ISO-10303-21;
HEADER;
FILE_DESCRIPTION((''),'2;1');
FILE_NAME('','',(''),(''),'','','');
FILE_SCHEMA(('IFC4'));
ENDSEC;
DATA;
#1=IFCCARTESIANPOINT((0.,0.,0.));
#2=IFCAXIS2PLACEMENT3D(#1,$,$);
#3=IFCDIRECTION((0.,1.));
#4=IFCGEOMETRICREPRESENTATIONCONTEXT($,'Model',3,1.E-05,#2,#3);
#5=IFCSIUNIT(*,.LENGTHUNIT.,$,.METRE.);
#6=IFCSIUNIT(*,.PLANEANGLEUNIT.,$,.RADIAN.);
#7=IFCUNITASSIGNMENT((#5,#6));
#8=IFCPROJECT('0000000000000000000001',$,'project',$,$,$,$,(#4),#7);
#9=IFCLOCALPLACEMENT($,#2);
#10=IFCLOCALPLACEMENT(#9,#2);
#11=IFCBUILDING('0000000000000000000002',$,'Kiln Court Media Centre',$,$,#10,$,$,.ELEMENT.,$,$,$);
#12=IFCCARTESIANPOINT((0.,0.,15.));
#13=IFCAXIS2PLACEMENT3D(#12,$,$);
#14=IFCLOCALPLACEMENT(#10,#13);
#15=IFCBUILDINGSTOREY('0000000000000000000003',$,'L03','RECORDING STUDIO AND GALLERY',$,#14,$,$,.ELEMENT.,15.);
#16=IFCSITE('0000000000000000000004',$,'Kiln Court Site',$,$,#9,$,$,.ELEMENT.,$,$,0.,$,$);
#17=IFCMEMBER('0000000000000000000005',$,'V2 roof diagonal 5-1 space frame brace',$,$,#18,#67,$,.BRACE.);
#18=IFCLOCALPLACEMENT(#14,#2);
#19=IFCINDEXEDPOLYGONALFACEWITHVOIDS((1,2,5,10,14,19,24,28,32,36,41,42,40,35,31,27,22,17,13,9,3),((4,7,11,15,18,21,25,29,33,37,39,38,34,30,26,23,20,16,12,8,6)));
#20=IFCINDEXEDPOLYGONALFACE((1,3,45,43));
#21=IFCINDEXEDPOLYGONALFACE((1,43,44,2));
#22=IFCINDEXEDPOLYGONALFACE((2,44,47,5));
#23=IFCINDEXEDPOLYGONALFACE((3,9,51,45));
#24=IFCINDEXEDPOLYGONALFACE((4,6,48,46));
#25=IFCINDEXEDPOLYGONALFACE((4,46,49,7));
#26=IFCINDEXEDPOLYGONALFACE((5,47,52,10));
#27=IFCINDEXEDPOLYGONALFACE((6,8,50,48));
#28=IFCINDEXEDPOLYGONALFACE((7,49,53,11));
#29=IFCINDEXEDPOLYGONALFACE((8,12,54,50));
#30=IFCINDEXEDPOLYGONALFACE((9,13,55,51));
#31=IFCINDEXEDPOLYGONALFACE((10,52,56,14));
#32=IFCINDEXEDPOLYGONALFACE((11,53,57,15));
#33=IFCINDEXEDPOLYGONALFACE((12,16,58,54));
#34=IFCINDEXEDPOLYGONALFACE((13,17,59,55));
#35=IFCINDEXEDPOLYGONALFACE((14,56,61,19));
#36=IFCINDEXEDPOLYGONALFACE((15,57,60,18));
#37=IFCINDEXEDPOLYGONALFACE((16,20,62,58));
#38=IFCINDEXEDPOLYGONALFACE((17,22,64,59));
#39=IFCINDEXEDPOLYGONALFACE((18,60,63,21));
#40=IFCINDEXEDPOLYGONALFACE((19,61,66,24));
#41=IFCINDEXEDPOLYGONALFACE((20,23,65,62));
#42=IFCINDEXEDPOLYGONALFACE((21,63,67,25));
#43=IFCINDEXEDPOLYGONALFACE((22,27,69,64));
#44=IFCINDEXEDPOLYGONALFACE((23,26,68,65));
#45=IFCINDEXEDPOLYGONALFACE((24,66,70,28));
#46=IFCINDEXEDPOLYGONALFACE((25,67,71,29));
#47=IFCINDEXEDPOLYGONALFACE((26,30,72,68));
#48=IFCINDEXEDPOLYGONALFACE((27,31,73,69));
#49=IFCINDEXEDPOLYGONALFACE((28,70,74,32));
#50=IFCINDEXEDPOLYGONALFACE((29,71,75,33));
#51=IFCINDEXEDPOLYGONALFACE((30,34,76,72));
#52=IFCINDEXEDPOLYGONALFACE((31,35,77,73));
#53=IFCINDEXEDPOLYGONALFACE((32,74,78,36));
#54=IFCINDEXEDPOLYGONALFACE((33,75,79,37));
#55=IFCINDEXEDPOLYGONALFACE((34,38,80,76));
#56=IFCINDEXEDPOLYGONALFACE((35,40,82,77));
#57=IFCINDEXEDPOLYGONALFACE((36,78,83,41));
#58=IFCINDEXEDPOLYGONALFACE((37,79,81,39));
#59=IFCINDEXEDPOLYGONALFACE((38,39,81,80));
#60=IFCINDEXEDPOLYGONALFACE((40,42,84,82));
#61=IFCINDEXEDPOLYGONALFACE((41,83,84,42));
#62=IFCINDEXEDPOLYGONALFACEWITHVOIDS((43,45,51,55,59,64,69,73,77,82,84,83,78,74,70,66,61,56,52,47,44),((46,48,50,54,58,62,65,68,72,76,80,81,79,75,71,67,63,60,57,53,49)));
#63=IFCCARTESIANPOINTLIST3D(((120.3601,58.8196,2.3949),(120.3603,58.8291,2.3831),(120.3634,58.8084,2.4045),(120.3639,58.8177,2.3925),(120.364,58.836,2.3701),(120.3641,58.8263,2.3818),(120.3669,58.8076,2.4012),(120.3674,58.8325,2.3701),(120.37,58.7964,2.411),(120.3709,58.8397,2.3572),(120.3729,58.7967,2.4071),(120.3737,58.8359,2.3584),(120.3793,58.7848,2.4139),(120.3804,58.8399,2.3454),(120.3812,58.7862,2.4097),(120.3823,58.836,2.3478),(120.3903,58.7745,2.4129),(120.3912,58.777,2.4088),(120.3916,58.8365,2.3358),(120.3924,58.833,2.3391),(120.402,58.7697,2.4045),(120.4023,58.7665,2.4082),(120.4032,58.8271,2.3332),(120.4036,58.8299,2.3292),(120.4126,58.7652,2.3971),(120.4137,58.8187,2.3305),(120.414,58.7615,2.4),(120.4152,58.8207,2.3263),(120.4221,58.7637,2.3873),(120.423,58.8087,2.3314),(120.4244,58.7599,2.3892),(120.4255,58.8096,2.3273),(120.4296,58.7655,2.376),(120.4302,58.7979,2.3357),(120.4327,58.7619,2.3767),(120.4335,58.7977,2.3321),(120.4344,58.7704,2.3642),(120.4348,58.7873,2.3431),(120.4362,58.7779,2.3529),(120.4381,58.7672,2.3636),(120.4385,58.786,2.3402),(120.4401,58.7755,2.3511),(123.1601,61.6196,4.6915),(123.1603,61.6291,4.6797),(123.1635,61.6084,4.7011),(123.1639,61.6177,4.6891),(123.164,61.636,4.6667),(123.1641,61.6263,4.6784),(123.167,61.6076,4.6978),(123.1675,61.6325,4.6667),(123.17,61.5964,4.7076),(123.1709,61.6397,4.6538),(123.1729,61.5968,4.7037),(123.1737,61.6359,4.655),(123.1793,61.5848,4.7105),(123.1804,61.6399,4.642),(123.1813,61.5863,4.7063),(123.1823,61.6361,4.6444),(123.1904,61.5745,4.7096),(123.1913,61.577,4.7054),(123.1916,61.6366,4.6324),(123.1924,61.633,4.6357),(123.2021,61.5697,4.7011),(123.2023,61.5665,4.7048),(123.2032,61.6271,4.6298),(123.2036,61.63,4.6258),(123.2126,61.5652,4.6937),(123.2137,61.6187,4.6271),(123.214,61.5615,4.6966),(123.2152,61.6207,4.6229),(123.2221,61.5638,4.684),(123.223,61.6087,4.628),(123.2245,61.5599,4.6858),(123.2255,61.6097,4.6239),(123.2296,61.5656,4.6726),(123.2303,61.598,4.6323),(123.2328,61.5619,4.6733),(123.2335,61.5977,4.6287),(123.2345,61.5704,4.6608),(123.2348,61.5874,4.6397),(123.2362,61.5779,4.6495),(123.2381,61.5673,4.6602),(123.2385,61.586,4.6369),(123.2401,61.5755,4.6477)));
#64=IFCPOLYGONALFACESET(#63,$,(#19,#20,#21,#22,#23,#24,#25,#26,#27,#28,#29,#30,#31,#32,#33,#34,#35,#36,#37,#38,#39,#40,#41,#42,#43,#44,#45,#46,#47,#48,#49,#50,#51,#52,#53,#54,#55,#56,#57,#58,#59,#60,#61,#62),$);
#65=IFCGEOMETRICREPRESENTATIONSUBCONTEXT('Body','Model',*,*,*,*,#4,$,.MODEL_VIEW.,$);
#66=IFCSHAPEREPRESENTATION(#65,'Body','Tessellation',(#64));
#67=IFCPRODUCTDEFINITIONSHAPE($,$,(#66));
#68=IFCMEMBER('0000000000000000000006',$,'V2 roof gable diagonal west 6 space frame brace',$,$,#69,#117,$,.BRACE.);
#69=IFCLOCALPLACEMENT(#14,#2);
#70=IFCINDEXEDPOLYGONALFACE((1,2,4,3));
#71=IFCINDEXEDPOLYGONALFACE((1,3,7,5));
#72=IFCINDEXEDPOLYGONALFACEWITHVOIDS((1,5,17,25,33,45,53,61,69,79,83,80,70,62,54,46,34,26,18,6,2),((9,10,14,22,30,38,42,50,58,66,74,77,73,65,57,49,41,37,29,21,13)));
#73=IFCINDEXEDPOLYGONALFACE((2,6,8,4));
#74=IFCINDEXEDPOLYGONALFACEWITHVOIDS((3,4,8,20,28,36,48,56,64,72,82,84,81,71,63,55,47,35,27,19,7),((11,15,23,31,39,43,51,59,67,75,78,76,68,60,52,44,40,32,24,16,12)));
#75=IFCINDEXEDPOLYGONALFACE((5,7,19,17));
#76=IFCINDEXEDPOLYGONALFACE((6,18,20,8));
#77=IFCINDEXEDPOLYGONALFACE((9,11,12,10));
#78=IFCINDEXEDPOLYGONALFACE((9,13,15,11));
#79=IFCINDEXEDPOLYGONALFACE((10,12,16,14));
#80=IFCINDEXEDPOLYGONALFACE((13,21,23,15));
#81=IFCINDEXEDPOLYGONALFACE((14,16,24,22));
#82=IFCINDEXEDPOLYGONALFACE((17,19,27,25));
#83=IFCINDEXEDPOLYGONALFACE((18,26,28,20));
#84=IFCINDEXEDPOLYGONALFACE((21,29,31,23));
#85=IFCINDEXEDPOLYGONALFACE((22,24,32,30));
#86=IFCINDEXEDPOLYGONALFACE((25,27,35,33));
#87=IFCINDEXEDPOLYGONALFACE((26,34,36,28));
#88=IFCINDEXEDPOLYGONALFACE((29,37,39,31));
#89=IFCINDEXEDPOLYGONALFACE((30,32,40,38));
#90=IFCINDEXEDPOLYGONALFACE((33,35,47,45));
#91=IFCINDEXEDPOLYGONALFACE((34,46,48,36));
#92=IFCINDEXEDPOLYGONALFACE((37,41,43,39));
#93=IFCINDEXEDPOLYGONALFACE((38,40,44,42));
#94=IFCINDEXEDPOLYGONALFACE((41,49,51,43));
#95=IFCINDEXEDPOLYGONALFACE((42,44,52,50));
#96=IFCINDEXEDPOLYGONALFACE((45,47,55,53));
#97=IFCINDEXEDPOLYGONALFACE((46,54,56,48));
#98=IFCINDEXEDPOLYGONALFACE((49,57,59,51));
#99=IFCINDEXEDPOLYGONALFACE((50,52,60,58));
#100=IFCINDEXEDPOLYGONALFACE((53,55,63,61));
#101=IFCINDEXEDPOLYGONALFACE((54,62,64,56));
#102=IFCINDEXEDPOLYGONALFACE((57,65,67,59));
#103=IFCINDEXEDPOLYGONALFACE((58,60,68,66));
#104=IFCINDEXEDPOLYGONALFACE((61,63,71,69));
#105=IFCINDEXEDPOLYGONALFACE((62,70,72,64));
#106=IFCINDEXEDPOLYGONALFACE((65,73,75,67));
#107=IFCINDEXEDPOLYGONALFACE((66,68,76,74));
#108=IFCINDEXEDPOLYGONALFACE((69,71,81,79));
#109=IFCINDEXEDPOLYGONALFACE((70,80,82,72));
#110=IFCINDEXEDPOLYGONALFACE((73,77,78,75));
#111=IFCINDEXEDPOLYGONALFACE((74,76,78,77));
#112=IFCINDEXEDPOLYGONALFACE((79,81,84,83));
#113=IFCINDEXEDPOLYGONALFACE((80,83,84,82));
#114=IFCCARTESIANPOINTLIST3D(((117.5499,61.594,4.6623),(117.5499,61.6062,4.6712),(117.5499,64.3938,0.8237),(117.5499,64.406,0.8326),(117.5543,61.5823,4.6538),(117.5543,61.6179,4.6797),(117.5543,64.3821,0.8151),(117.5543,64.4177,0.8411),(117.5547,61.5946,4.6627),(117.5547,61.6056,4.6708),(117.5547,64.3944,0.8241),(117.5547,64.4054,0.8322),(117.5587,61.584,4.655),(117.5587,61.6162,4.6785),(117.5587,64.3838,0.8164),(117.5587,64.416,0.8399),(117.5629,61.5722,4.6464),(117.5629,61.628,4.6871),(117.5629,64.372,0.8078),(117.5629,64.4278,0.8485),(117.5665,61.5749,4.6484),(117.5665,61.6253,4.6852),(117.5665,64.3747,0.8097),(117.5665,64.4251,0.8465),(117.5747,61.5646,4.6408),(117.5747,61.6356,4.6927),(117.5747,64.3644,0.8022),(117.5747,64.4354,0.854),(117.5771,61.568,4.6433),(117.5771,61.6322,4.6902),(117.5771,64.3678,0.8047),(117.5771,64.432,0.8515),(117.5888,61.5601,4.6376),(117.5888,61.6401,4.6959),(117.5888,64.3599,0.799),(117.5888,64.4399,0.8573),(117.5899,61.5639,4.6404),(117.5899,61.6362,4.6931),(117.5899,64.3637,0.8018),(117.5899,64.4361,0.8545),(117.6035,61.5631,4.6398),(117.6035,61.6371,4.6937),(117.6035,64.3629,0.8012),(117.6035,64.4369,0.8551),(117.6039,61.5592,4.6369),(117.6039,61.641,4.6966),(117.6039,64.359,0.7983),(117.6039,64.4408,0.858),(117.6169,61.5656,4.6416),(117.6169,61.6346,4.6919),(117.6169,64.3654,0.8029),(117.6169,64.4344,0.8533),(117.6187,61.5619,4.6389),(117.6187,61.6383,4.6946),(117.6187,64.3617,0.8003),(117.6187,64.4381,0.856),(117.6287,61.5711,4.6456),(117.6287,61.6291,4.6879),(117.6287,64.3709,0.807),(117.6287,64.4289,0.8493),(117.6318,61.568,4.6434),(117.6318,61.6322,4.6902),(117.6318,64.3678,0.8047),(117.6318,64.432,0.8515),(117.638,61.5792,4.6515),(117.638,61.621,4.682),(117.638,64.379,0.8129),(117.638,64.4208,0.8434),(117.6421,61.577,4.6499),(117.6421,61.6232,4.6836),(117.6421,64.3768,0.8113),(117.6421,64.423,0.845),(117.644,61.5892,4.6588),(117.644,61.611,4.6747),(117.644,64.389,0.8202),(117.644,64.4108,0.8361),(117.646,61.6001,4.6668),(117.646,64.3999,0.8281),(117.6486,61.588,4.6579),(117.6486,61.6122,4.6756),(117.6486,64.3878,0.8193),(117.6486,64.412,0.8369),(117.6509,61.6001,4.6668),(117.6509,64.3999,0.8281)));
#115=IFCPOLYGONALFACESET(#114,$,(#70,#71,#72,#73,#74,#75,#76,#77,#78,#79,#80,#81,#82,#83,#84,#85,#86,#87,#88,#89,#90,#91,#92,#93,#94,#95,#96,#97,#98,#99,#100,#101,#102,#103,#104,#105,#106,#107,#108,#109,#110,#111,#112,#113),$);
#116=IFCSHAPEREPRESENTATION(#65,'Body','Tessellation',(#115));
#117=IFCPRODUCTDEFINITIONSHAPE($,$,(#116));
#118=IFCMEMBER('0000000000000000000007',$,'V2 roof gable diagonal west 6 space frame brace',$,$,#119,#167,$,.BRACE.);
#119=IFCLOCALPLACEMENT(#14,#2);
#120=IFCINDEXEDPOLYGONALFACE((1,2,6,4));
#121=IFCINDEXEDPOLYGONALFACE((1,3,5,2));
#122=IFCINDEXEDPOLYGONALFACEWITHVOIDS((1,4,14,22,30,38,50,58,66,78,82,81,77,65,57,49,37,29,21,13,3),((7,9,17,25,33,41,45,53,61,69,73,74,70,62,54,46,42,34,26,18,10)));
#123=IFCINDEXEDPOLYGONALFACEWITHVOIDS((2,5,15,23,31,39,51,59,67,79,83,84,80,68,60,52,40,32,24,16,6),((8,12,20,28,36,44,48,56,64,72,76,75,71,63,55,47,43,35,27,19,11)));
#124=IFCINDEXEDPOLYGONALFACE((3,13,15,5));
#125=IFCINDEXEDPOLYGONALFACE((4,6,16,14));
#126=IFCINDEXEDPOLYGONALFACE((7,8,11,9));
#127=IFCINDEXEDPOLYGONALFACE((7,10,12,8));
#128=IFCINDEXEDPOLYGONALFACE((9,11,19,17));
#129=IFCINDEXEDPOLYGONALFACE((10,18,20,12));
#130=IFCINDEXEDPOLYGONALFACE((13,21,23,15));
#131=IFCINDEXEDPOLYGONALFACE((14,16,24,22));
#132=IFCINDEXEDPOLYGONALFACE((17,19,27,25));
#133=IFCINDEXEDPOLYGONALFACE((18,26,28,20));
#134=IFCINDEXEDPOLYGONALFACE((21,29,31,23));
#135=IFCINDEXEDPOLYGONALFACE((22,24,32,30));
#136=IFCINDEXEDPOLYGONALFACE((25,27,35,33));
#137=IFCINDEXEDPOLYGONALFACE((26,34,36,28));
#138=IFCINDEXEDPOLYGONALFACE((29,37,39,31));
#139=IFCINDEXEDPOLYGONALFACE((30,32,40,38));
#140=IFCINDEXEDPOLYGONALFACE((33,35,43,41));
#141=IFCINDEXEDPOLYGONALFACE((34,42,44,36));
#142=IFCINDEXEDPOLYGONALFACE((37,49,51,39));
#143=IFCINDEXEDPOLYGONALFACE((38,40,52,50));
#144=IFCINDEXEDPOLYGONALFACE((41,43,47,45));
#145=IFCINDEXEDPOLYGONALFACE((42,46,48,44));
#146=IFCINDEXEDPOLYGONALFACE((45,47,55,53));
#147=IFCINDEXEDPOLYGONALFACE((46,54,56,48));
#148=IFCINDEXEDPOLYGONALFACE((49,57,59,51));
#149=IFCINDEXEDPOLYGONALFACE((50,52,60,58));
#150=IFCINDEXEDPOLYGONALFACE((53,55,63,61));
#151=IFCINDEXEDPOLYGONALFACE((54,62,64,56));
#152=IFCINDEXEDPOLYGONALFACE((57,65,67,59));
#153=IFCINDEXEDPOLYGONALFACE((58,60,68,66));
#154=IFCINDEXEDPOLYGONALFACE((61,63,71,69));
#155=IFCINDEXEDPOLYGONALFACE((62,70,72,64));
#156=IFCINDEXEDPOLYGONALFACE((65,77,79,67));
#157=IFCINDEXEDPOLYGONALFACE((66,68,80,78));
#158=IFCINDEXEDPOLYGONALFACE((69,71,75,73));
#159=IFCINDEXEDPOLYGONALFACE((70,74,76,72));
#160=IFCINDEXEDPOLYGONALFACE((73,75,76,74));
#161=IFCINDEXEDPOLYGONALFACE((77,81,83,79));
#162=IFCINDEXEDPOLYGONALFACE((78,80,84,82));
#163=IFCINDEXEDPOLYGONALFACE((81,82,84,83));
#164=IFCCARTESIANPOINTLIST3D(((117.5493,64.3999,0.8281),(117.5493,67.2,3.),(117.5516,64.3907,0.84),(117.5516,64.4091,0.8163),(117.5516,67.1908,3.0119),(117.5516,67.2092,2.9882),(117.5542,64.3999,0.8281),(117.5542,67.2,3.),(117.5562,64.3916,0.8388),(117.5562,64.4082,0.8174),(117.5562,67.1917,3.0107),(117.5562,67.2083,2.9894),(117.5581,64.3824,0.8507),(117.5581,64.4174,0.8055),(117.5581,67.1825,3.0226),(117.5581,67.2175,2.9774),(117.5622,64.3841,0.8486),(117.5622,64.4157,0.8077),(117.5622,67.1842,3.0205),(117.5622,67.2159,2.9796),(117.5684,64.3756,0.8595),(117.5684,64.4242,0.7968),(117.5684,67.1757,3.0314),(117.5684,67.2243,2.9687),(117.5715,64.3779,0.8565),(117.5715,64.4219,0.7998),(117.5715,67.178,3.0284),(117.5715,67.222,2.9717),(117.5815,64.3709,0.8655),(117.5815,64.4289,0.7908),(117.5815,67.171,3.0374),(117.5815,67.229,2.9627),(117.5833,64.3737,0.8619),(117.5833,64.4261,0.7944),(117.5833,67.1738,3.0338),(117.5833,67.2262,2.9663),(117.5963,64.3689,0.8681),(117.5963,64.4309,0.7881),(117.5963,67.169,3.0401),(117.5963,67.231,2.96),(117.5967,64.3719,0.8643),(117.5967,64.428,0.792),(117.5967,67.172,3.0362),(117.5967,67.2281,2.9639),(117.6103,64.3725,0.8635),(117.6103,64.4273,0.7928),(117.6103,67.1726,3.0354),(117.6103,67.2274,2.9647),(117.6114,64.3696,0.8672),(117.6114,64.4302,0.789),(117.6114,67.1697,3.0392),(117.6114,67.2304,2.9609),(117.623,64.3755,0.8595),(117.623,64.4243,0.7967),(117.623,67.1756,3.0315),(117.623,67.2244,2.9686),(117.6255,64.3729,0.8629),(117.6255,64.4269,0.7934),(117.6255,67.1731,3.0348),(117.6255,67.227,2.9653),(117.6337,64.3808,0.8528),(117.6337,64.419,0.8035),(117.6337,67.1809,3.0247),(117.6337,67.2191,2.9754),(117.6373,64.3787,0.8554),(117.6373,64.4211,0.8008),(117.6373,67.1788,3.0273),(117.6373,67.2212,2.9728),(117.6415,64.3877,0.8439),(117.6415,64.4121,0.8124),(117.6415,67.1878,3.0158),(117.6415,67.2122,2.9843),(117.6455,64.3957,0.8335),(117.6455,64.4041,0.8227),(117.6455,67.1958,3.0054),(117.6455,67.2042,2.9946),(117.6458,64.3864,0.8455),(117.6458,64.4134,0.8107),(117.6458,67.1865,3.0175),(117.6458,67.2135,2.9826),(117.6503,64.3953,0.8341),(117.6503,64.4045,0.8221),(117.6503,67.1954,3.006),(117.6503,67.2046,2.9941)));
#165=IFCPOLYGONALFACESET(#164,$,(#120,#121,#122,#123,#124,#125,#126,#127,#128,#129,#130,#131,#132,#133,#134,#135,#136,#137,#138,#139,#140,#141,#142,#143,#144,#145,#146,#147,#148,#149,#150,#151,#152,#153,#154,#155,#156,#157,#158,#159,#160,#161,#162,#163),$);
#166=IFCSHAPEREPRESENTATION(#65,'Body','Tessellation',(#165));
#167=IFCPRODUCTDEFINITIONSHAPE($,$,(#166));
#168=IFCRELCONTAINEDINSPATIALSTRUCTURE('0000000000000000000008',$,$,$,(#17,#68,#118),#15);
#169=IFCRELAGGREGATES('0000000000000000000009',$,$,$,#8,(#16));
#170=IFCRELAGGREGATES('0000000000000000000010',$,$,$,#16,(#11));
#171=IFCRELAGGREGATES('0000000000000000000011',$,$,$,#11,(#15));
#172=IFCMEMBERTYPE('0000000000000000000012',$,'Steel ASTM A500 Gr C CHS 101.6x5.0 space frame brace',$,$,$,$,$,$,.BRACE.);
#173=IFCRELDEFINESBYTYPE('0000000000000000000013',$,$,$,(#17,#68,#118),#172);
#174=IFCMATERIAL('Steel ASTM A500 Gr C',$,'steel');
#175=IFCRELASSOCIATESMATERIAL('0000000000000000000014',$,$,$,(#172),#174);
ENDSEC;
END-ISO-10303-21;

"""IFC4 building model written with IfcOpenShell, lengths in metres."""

from ifc_helpers import new_model, si_unit, direction, frame, origin, origin_2d, place, context, subcontext, project, spatial, hollow_circle, extrude, material, material_profile, profile_set, type_object, element, save


model = new_model("IFC4")

# Units and contexts
model_context = context("Model", 3, precision=1e-05, world=origin(), true_north=direction((0.0, 1.0)))
body_context = subcontext(model_context, "Body", "Model", "MODEL_VIEW")
ifc_project = project(units=[si_unit("LENGTHUNIT", "METRE"), si_unit("PLANEANGLEUNIT", "RADIAN")], contexts=[model_context])

# Site, building, storey
site_placement = place(None, origin())
site = spatial("IfcSite", under=ifc_project, at=site_placement, Name="Kiln Court Site", CompositionType="ELEMENT", RefElevation=0.0)
building_placement = place(site_placement, origin())
building = spatial("IfcBuilding", under=site, at=building_placement, Name="Kiln Court Media Centre", CompositionType="ELEMENT")
storey_placement = place(building_placement, frame((0.0, 0.0, 15.0)))
storey = spatial("IfcBuildingStorey", under=building, at=storey_placement, Name="L03", Description="RECORDING STUDIO AND GALLERY", CompositionType="ELEMENT", Elevation=15.0)

# Members
ifc_material_1 = material(Name="Steel ASTM A500 Gr C", Category="steel")
ifc_material_profile_1 = material_profile(ifc_material_1, hollow_circle(Radius=0.0508, WallThickness=0.0049, at=origin_2d()), Name="CHS 101.6x5.0")
ifc_profile_set_1 = profile_set([ifc_material_profile_1], Name="Steel ASTM A500 Gr C")
member_type_1 = type_object("IfcMemberType", Name="Steel ASTM A500 Gr C CHS 101.6x5.0 space frame brace", PredefinedType="BRACE", material=ifc_profile_set_1)
member_1_placement = place(storey_placement, frame((120.3999, 58.8, 2.3701), z_axis=(0.611676, 0.611676, 0.501703), x_axis=(-0.707107, 0.707107, 0.0)))
element("IfcMember", 1, at=member_1_placement, inside=storey, type_object=member_type_1, Name="V2 roof diagonal 5-1 space frame brace", PredefinedType="BRACE", context=body_context, shape_type="SweptSolid", body=[
    extrude(hollow_circle(Radius=0.0508, WallThickness=0.0049, at=origin_2d()), origin(), (0.0, 0.0, 1.0), 4.5776),
])
member_2_placement = place(storey_placement, frame((117.6001, 64.3999, 0.8281), z_axis=(0.0, -0.589283, 0.807926), x_axis=(1.0, 0.0, 0.0)))
element("IfcMember", 2, at=member_2_placement, inside=storey, type_object=member_type_1, Name="V2 roof gable diagonal west 6 space frame brace", PredefinedType="BRACE", context=body_context, shape_type="SweptSolid", body=[
    extrude(hollow_circle(Radius=0.0508, WallThickness=0.0049, at=origin_2d()), origin(), (0.0, 0.0, 1.0), 4.7512),
])
member_3_placement = place(storey_placement, frame((117.6001, 64.3999, 0.8281), z_axis=(0.0, 0.790164, 0.612896), x_axis=(-1.0, 0.0, 0.0)))
element("IfcMember", 3, at=member_3_placement, inside=storey, type_object=member_type_1, Name="V2 roof gable diagonal west 6 space frame brace", PredefinedType="BRACE", context=body_context, shape_type="SweptSolid", body=[
    extrude(hollow_circle(Radius=0.0508, WallThickness=0.0049, at=origin_2d()), origin(), (0.0, 0.0, 1.0), 3.5437),
])

save(model, "model.ifc")
